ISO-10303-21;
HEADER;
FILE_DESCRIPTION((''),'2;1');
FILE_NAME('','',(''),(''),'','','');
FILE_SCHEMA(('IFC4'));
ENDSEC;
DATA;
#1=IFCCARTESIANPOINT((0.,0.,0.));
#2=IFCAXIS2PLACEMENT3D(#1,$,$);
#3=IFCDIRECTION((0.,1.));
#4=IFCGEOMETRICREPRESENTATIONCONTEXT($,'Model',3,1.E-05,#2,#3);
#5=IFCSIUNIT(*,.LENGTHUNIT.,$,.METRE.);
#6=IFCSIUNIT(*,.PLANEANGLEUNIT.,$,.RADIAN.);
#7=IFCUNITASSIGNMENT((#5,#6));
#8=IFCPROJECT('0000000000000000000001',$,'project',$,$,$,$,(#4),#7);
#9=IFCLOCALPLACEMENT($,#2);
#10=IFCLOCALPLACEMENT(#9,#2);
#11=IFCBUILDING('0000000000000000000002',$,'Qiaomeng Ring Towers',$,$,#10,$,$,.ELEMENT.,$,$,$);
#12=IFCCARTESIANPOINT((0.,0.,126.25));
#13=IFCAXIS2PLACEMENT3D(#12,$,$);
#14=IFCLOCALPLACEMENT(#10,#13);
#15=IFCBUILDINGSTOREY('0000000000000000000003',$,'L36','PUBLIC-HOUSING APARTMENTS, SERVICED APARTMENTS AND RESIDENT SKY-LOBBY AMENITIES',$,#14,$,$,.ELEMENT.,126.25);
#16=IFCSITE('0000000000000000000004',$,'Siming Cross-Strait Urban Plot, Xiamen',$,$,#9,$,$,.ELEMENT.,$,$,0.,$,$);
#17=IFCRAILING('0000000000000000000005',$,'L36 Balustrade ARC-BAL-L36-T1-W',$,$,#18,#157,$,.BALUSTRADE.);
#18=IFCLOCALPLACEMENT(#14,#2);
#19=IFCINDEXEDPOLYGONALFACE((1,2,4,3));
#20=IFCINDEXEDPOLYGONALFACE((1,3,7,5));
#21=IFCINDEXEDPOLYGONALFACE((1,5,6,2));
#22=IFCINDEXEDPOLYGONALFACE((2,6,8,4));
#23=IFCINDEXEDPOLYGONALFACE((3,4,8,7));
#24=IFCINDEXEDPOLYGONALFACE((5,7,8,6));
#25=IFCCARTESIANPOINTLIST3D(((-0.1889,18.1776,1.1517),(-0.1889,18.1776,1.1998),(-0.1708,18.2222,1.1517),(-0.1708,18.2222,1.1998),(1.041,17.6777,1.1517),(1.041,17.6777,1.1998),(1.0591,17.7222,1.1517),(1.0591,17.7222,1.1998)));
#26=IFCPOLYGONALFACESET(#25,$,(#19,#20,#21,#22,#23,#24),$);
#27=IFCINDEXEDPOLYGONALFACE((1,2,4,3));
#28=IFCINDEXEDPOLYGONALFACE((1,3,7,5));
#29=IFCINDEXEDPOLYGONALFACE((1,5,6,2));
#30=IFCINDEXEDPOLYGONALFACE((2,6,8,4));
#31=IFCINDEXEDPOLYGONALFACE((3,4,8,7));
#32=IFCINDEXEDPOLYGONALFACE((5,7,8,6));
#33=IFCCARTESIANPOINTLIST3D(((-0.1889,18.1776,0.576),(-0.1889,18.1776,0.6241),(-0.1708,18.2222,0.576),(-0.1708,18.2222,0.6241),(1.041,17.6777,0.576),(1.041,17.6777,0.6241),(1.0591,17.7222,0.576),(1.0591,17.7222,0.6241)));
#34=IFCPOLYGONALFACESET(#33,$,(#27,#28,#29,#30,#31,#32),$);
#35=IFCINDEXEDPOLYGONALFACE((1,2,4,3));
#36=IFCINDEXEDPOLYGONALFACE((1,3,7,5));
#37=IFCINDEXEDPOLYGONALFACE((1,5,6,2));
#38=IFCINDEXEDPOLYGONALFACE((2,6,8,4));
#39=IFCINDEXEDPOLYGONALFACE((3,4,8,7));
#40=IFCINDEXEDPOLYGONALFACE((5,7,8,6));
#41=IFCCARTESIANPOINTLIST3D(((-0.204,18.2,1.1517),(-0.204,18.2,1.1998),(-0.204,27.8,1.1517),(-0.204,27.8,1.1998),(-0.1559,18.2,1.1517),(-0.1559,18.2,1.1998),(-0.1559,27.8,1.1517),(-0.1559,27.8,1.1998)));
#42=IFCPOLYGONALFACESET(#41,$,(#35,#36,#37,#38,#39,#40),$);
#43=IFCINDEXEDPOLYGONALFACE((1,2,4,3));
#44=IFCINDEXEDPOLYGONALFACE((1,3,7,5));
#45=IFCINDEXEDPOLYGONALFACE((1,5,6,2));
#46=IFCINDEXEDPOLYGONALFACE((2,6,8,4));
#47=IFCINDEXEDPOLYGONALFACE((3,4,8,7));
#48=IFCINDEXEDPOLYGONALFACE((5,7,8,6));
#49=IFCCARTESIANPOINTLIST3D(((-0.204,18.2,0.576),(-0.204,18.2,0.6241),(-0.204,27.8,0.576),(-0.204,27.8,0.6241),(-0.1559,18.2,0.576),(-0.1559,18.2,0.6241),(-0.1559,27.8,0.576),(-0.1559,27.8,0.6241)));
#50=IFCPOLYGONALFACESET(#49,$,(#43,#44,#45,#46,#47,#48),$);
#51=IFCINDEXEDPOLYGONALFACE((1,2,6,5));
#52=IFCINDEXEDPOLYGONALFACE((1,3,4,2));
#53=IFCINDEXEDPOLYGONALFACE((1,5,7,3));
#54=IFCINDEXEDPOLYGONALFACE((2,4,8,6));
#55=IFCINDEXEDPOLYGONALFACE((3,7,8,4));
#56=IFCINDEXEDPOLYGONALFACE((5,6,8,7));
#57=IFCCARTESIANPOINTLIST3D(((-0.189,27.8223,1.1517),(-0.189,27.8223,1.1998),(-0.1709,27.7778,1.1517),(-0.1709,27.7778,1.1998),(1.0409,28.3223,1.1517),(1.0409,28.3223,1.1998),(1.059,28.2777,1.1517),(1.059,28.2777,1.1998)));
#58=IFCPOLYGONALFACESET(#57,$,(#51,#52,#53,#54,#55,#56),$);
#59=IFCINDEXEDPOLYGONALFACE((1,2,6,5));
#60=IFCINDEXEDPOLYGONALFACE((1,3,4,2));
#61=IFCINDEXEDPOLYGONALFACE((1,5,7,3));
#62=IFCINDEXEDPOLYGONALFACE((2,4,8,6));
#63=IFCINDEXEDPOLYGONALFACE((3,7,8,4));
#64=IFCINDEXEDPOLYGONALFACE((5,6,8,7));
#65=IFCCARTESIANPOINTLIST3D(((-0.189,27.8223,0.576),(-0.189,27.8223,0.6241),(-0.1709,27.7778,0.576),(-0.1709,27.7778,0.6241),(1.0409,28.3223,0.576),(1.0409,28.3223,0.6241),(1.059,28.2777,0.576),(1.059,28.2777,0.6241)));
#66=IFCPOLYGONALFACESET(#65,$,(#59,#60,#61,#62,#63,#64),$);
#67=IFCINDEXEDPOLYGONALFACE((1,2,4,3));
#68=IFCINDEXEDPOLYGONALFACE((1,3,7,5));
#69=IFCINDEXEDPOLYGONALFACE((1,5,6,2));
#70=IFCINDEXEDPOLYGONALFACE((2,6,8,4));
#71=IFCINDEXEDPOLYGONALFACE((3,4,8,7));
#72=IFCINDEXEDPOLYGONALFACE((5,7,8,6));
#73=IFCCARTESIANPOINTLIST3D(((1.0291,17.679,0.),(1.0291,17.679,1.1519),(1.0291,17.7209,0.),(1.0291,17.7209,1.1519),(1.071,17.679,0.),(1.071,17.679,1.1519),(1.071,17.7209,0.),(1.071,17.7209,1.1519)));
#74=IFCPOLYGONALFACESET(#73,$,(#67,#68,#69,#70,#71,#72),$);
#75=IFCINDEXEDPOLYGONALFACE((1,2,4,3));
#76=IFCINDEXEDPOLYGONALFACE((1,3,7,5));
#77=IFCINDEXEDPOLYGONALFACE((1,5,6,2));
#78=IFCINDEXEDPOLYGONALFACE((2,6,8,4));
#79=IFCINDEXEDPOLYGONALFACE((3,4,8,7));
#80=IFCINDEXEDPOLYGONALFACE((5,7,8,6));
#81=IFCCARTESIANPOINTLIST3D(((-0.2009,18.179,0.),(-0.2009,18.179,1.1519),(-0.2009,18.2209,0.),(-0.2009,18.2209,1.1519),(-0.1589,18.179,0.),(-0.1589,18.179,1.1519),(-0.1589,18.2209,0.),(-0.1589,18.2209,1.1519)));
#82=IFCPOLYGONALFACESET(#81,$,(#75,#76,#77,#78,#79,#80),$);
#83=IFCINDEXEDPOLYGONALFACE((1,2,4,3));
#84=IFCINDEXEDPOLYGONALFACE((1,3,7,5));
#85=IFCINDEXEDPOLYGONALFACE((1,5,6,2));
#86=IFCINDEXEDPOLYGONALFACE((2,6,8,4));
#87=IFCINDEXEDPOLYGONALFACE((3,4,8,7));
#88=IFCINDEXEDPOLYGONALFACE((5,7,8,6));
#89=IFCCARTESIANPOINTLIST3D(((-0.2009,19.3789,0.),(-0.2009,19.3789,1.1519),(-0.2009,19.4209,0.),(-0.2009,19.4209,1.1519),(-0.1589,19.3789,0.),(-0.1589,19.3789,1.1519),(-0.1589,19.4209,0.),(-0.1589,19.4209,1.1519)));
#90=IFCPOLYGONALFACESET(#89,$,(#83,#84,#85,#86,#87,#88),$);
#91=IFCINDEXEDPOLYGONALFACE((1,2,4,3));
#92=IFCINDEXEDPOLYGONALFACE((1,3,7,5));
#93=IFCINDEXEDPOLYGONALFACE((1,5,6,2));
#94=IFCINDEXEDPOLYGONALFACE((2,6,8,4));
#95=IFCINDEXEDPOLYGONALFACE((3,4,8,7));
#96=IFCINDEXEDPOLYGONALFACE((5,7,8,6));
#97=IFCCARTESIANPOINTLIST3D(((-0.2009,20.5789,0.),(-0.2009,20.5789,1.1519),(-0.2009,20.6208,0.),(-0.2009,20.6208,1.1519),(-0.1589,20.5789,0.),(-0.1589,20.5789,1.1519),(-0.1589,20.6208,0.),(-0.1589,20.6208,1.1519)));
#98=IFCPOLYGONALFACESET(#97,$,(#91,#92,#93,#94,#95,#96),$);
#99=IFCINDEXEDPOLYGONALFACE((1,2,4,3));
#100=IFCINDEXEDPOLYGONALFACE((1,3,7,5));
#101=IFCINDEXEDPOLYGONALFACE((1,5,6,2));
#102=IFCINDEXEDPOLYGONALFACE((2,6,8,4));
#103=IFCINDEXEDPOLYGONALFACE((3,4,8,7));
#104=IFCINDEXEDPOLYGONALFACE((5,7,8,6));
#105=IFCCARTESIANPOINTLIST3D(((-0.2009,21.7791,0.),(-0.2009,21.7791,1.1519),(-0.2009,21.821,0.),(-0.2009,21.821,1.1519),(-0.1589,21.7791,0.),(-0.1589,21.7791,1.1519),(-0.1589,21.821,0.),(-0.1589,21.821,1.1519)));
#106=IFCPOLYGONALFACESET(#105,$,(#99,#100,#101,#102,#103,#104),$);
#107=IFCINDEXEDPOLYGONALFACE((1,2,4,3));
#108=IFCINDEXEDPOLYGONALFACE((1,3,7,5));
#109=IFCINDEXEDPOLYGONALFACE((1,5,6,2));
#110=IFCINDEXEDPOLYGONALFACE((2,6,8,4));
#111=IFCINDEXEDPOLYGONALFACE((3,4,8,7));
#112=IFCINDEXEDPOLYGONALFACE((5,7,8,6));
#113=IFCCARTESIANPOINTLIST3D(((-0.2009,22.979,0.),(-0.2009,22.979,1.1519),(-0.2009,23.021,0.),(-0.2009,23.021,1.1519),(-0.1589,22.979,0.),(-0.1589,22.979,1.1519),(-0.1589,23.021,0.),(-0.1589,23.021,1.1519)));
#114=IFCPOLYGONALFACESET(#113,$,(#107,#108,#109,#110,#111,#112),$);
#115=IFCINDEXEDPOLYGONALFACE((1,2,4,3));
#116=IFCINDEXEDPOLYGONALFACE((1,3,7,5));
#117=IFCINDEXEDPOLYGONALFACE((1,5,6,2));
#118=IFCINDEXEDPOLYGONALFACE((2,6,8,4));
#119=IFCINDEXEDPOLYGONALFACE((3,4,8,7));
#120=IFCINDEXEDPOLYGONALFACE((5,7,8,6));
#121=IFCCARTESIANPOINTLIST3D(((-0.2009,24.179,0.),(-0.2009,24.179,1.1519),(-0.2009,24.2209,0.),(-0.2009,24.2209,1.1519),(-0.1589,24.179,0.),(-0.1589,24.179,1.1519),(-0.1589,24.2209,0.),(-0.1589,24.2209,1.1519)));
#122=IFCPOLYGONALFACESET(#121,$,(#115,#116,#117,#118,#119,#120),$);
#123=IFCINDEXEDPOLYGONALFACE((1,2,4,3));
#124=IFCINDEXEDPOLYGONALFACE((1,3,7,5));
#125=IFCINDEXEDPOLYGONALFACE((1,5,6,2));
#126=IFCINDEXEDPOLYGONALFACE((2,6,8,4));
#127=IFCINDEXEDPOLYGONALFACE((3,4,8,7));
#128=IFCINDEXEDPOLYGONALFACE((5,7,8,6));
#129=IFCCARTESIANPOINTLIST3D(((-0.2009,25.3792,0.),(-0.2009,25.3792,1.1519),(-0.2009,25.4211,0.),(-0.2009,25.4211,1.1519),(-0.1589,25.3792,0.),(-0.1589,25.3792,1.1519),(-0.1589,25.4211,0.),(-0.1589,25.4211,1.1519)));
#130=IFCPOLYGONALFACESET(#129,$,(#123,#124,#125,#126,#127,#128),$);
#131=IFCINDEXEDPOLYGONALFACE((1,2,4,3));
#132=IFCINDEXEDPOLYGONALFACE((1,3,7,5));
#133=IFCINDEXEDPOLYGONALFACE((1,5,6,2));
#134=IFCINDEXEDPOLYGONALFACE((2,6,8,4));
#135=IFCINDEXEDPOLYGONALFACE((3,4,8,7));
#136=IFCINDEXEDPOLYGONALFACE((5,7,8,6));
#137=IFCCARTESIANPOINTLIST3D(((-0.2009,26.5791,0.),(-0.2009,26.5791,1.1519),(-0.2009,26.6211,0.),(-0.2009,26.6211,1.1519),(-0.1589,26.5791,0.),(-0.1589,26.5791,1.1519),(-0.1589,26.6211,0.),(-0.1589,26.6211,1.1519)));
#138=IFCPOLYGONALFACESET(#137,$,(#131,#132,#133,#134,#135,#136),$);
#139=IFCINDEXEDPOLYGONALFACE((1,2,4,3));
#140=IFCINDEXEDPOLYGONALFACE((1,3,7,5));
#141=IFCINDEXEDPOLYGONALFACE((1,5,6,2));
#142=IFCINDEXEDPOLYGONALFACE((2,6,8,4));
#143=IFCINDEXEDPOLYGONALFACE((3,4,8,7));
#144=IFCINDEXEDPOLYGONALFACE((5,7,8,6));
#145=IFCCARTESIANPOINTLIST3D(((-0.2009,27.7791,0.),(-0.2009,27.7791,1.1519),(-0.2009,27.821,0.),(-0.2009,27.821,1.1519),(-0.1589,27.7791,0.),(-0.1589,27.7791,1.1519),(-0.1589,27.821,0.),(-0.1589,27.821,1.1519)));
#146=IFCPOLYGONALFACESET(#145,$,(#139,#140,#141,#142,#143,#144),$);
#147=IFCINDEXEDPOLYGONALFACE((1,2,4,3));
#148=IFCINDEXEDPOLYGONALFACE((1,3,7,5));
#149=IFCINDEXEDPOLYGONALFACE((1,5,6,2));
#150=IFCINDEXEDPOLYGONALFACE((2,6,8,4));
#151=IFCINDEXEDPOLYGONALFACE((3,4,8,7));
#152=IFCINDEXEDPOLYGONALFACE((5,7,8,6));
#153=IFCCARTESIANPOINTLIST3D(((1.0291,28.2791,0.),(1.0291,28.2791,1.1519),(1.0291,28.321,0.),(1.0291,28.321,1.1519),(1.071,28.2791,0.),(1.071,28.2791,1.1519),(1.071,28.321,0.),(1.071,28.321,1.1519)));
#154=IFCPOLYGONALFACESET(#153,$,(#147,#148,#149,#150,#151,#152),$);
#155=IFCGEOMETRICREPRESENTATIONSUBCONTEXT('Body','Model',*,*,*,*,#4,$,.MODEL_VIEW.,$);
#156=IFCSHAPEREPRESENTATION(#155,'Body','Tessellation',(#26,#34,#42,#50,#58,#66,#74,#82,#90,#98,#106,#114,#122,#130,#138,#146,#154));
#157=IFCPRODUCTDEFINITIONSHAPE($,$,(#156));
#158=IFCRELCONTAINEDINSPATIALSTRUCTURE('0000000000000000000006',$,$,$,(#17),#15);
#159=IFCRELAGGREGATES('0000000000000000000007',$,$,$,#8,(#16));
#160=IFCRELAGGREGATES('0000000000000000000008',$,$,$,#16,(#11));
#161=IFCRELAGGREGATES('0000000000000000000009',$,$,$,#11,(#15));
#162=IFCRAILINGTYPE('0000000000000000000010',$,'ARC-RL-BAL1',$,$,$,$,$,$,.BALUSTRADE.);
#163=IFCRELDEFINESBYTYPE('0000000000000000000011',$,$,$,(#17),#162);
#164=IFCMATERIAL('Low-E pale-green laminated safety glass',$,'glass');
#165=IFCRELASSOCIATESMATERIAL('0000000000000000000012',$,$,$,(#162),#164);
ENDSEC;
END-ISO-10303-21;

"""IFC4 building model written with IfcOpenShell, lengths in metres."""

from ifc_helpers import new_model, si_unit, direction, frame, origin, origin_2d, place, context, subcontext, project, spatial, rectangle, extrude, material, type_object, element, save


model = new_model("IFC4")

# Units and contexts
model_context = context("Model", 3, precision=1e-05, world=origin(), true_north=direction((0.0, 1.0)))
body_context = subcontext(model_context, "Body", "Model", "MODEL_VIEW")
ifc_project = project(units=[si_unit("LENGTHUNIT", "METRE"), si_unit("PLANEANGLEUNIT", "RADIAN")], contexts=[model_context])

# Site, building, storey
site_placement = place(None, origin())
site = spatial("IfcSite", under=ifc_project, at=site_placement, Name="Siming Cross-Strait Urban Plot, Xiamen", CompositionType="ELEMENT", RefElevation=0.0)
building_placement = place(site_placement, origin())
building = spatial("IfcBuilding", under=site, at=building_placement, Name="Qiaomeng Ring Towers", CompositionType="ELEMENT")
storey_placement = place(building_placement, frame((0.0, 0.0, 126.25)))
storey = spatial("IfcBuildingStorey", under=building, at=storey_placement, Name="L36", Description="PUBLIC-HOUSING APARTMENTS, SERVICED APARTMENTS AND RESIDENT SKY-LOBBY AMENITIES", CompositionType="ELEMENT", Elevation=126.25)

# Railing
ifc_material_1 = material(Name="Low-E pale-green laminated safety glass", Category="glass")
railing_type = type_object("IfcRailingType", Name="ARC-RL-BAL1", PredefinedType="BALUSTRADE", material=ifc_material_1)
railing_1_placement = place(storey_placement, frame((1.05, 17.7, 0.0)))
element("IfcRailing", 1, at=railing_1_placement, inside=storey, type_object=railing_type, Name="L36 Balustrade ARC-BAL-L36-T1-W", PredefinedType="BALUSTRADE", context=body_context, shape_type="SweptSolid", body=[
    extrude(rectangle(XDim=0.0481, YDim=0.0481, at=origin_2d()), frame((0.0, 0.0, 1.1758), z_axis=(-0.926382, 0.376584, 0.0), x_axis=(-0.376584, -0.926382, 0.0)), (0.0, 0.0, 1.0), 1.3276),
    extrude(rectangle(XDim=0.0481, YDim=0.0481, at=origin_2d()), frame((0.0, 0.0, 0.6001), z_axis=(-0.926382, 0.376584, 0.0), x_axis=(-0.376584, -0.926382, 0.0)), (0.0, 0.0, 1.0), 1.3276),
    extrude(rectangle(XDim=0.0481, YDim=0.0481, at=origin_2d()), frame((-1.23, 0.5, 1.1758), z_axis=(0.0, 1.0, 0.0), x_axis=(-1.0, 0.0, 0.0)), (0.0, 0.0, 1.0), 9.6001),
    extrude(rectangle(XDim=0.0481, YDim=0.0481, at=origin_2d()), frame((-1.23, 0.5, 0.6001), z_axis=(0.0, 1.0, 0.0), x_axis=(-1.0, 0.0, 0.0)), (0.0, 0.0, 1.0), 9.6001),
    extrude(rectangle(XDim=0.0481, YDim=0.0481, at=origin_2d()), frame((-1.23, 10.1001, 1.1758), z_axis=(0.926382, 0.376584, 0.0), x_axis=(-0.376584, 0.926382, 0.0)), (0.0, 0.0, 1.0), 1.3276),
    extrude(rectangle(XDim=0.0481, YDim=0.0481, at=origin_2d()), frame((-1.23, 10.1001, 0.6001), z_axis=(0.926382, 0.376584, 0.0), x_axis=(-0.376584, 0.926382, 0.0)), (0.0, 0.0, 1.0), 1.3276),
    extrude(rectangle(XDim=0.042, YDim=0.042, at=origin_2d()), origin(), (0.0, 0.0, 1.0), 1.1519),
    extrude(rectangle(XDim=0.042, YDim=0.042, at=origin_2d()), frame((-1.23, 0.5, 0.0)), (0.0, 0.0, 1.0), 1.1519),
    extrude(rectangle(XDim=0.042, YDim=0.042, at=origin_2d()), frame((-1.23, 1.7, 0.0)), (0.0, 0.0, 1.0), 1.1519),
    extrude(rectangle(XDim=0.042, YDim=0.042, at=origin_2d()), frame((-1.23, 2.8999, 0.0)), (0.0, 0.0, 1.0), 1.1519),
    extrude(rectangle(XDim=0.042, YDim=0.042, at=origin_2d()), frame((-1.23, 4.1001, 0.0)), (0.0, 0.0, 1.0), 1.1519),
    extrude(rectangle(XDim=0.042, YDim=0.042, at=origin_2d()), frame((-1.23, 5.3, 0.0)), (0.0, 0.0, 1.0), 1.1519),
    extrude(rectangle(XDim=0.042, YDim=0.042, at=origin_2d()), frame((-1.23, 6.5, 0.0)), (0.0, 0.0, 1.0), 1.1519),
    extrude(rectangle(XDim=0.042, YDim=0.042, at=origin_2d()), frame((-1.23, 7.7002, 0.0)), (0.0, 0.0, 1.0), 1.1519),
    extrude(rectangle(XDim=0.042, YDim=0.042, at=origin_2d()), frame((-1.23, 8.9001, 0.0)), (0.0, 0.0, 1.0), 1.1519),
    extrude(rectangle(XDim=0.042, YDim=0.042, at=origin_2d()), frame((-1.23, 10.1001, 0.0)), (0.0, 0.0, 1.0), 1.1519),
    extrude(rectangle(XDim=0.042, YDim=0.042, at=origin_2d()), frame((0.0, 10.6001, 0.0)), (0.0, 0.0, 1.0), 1.1519),
])

save(model, "model.ifc")
